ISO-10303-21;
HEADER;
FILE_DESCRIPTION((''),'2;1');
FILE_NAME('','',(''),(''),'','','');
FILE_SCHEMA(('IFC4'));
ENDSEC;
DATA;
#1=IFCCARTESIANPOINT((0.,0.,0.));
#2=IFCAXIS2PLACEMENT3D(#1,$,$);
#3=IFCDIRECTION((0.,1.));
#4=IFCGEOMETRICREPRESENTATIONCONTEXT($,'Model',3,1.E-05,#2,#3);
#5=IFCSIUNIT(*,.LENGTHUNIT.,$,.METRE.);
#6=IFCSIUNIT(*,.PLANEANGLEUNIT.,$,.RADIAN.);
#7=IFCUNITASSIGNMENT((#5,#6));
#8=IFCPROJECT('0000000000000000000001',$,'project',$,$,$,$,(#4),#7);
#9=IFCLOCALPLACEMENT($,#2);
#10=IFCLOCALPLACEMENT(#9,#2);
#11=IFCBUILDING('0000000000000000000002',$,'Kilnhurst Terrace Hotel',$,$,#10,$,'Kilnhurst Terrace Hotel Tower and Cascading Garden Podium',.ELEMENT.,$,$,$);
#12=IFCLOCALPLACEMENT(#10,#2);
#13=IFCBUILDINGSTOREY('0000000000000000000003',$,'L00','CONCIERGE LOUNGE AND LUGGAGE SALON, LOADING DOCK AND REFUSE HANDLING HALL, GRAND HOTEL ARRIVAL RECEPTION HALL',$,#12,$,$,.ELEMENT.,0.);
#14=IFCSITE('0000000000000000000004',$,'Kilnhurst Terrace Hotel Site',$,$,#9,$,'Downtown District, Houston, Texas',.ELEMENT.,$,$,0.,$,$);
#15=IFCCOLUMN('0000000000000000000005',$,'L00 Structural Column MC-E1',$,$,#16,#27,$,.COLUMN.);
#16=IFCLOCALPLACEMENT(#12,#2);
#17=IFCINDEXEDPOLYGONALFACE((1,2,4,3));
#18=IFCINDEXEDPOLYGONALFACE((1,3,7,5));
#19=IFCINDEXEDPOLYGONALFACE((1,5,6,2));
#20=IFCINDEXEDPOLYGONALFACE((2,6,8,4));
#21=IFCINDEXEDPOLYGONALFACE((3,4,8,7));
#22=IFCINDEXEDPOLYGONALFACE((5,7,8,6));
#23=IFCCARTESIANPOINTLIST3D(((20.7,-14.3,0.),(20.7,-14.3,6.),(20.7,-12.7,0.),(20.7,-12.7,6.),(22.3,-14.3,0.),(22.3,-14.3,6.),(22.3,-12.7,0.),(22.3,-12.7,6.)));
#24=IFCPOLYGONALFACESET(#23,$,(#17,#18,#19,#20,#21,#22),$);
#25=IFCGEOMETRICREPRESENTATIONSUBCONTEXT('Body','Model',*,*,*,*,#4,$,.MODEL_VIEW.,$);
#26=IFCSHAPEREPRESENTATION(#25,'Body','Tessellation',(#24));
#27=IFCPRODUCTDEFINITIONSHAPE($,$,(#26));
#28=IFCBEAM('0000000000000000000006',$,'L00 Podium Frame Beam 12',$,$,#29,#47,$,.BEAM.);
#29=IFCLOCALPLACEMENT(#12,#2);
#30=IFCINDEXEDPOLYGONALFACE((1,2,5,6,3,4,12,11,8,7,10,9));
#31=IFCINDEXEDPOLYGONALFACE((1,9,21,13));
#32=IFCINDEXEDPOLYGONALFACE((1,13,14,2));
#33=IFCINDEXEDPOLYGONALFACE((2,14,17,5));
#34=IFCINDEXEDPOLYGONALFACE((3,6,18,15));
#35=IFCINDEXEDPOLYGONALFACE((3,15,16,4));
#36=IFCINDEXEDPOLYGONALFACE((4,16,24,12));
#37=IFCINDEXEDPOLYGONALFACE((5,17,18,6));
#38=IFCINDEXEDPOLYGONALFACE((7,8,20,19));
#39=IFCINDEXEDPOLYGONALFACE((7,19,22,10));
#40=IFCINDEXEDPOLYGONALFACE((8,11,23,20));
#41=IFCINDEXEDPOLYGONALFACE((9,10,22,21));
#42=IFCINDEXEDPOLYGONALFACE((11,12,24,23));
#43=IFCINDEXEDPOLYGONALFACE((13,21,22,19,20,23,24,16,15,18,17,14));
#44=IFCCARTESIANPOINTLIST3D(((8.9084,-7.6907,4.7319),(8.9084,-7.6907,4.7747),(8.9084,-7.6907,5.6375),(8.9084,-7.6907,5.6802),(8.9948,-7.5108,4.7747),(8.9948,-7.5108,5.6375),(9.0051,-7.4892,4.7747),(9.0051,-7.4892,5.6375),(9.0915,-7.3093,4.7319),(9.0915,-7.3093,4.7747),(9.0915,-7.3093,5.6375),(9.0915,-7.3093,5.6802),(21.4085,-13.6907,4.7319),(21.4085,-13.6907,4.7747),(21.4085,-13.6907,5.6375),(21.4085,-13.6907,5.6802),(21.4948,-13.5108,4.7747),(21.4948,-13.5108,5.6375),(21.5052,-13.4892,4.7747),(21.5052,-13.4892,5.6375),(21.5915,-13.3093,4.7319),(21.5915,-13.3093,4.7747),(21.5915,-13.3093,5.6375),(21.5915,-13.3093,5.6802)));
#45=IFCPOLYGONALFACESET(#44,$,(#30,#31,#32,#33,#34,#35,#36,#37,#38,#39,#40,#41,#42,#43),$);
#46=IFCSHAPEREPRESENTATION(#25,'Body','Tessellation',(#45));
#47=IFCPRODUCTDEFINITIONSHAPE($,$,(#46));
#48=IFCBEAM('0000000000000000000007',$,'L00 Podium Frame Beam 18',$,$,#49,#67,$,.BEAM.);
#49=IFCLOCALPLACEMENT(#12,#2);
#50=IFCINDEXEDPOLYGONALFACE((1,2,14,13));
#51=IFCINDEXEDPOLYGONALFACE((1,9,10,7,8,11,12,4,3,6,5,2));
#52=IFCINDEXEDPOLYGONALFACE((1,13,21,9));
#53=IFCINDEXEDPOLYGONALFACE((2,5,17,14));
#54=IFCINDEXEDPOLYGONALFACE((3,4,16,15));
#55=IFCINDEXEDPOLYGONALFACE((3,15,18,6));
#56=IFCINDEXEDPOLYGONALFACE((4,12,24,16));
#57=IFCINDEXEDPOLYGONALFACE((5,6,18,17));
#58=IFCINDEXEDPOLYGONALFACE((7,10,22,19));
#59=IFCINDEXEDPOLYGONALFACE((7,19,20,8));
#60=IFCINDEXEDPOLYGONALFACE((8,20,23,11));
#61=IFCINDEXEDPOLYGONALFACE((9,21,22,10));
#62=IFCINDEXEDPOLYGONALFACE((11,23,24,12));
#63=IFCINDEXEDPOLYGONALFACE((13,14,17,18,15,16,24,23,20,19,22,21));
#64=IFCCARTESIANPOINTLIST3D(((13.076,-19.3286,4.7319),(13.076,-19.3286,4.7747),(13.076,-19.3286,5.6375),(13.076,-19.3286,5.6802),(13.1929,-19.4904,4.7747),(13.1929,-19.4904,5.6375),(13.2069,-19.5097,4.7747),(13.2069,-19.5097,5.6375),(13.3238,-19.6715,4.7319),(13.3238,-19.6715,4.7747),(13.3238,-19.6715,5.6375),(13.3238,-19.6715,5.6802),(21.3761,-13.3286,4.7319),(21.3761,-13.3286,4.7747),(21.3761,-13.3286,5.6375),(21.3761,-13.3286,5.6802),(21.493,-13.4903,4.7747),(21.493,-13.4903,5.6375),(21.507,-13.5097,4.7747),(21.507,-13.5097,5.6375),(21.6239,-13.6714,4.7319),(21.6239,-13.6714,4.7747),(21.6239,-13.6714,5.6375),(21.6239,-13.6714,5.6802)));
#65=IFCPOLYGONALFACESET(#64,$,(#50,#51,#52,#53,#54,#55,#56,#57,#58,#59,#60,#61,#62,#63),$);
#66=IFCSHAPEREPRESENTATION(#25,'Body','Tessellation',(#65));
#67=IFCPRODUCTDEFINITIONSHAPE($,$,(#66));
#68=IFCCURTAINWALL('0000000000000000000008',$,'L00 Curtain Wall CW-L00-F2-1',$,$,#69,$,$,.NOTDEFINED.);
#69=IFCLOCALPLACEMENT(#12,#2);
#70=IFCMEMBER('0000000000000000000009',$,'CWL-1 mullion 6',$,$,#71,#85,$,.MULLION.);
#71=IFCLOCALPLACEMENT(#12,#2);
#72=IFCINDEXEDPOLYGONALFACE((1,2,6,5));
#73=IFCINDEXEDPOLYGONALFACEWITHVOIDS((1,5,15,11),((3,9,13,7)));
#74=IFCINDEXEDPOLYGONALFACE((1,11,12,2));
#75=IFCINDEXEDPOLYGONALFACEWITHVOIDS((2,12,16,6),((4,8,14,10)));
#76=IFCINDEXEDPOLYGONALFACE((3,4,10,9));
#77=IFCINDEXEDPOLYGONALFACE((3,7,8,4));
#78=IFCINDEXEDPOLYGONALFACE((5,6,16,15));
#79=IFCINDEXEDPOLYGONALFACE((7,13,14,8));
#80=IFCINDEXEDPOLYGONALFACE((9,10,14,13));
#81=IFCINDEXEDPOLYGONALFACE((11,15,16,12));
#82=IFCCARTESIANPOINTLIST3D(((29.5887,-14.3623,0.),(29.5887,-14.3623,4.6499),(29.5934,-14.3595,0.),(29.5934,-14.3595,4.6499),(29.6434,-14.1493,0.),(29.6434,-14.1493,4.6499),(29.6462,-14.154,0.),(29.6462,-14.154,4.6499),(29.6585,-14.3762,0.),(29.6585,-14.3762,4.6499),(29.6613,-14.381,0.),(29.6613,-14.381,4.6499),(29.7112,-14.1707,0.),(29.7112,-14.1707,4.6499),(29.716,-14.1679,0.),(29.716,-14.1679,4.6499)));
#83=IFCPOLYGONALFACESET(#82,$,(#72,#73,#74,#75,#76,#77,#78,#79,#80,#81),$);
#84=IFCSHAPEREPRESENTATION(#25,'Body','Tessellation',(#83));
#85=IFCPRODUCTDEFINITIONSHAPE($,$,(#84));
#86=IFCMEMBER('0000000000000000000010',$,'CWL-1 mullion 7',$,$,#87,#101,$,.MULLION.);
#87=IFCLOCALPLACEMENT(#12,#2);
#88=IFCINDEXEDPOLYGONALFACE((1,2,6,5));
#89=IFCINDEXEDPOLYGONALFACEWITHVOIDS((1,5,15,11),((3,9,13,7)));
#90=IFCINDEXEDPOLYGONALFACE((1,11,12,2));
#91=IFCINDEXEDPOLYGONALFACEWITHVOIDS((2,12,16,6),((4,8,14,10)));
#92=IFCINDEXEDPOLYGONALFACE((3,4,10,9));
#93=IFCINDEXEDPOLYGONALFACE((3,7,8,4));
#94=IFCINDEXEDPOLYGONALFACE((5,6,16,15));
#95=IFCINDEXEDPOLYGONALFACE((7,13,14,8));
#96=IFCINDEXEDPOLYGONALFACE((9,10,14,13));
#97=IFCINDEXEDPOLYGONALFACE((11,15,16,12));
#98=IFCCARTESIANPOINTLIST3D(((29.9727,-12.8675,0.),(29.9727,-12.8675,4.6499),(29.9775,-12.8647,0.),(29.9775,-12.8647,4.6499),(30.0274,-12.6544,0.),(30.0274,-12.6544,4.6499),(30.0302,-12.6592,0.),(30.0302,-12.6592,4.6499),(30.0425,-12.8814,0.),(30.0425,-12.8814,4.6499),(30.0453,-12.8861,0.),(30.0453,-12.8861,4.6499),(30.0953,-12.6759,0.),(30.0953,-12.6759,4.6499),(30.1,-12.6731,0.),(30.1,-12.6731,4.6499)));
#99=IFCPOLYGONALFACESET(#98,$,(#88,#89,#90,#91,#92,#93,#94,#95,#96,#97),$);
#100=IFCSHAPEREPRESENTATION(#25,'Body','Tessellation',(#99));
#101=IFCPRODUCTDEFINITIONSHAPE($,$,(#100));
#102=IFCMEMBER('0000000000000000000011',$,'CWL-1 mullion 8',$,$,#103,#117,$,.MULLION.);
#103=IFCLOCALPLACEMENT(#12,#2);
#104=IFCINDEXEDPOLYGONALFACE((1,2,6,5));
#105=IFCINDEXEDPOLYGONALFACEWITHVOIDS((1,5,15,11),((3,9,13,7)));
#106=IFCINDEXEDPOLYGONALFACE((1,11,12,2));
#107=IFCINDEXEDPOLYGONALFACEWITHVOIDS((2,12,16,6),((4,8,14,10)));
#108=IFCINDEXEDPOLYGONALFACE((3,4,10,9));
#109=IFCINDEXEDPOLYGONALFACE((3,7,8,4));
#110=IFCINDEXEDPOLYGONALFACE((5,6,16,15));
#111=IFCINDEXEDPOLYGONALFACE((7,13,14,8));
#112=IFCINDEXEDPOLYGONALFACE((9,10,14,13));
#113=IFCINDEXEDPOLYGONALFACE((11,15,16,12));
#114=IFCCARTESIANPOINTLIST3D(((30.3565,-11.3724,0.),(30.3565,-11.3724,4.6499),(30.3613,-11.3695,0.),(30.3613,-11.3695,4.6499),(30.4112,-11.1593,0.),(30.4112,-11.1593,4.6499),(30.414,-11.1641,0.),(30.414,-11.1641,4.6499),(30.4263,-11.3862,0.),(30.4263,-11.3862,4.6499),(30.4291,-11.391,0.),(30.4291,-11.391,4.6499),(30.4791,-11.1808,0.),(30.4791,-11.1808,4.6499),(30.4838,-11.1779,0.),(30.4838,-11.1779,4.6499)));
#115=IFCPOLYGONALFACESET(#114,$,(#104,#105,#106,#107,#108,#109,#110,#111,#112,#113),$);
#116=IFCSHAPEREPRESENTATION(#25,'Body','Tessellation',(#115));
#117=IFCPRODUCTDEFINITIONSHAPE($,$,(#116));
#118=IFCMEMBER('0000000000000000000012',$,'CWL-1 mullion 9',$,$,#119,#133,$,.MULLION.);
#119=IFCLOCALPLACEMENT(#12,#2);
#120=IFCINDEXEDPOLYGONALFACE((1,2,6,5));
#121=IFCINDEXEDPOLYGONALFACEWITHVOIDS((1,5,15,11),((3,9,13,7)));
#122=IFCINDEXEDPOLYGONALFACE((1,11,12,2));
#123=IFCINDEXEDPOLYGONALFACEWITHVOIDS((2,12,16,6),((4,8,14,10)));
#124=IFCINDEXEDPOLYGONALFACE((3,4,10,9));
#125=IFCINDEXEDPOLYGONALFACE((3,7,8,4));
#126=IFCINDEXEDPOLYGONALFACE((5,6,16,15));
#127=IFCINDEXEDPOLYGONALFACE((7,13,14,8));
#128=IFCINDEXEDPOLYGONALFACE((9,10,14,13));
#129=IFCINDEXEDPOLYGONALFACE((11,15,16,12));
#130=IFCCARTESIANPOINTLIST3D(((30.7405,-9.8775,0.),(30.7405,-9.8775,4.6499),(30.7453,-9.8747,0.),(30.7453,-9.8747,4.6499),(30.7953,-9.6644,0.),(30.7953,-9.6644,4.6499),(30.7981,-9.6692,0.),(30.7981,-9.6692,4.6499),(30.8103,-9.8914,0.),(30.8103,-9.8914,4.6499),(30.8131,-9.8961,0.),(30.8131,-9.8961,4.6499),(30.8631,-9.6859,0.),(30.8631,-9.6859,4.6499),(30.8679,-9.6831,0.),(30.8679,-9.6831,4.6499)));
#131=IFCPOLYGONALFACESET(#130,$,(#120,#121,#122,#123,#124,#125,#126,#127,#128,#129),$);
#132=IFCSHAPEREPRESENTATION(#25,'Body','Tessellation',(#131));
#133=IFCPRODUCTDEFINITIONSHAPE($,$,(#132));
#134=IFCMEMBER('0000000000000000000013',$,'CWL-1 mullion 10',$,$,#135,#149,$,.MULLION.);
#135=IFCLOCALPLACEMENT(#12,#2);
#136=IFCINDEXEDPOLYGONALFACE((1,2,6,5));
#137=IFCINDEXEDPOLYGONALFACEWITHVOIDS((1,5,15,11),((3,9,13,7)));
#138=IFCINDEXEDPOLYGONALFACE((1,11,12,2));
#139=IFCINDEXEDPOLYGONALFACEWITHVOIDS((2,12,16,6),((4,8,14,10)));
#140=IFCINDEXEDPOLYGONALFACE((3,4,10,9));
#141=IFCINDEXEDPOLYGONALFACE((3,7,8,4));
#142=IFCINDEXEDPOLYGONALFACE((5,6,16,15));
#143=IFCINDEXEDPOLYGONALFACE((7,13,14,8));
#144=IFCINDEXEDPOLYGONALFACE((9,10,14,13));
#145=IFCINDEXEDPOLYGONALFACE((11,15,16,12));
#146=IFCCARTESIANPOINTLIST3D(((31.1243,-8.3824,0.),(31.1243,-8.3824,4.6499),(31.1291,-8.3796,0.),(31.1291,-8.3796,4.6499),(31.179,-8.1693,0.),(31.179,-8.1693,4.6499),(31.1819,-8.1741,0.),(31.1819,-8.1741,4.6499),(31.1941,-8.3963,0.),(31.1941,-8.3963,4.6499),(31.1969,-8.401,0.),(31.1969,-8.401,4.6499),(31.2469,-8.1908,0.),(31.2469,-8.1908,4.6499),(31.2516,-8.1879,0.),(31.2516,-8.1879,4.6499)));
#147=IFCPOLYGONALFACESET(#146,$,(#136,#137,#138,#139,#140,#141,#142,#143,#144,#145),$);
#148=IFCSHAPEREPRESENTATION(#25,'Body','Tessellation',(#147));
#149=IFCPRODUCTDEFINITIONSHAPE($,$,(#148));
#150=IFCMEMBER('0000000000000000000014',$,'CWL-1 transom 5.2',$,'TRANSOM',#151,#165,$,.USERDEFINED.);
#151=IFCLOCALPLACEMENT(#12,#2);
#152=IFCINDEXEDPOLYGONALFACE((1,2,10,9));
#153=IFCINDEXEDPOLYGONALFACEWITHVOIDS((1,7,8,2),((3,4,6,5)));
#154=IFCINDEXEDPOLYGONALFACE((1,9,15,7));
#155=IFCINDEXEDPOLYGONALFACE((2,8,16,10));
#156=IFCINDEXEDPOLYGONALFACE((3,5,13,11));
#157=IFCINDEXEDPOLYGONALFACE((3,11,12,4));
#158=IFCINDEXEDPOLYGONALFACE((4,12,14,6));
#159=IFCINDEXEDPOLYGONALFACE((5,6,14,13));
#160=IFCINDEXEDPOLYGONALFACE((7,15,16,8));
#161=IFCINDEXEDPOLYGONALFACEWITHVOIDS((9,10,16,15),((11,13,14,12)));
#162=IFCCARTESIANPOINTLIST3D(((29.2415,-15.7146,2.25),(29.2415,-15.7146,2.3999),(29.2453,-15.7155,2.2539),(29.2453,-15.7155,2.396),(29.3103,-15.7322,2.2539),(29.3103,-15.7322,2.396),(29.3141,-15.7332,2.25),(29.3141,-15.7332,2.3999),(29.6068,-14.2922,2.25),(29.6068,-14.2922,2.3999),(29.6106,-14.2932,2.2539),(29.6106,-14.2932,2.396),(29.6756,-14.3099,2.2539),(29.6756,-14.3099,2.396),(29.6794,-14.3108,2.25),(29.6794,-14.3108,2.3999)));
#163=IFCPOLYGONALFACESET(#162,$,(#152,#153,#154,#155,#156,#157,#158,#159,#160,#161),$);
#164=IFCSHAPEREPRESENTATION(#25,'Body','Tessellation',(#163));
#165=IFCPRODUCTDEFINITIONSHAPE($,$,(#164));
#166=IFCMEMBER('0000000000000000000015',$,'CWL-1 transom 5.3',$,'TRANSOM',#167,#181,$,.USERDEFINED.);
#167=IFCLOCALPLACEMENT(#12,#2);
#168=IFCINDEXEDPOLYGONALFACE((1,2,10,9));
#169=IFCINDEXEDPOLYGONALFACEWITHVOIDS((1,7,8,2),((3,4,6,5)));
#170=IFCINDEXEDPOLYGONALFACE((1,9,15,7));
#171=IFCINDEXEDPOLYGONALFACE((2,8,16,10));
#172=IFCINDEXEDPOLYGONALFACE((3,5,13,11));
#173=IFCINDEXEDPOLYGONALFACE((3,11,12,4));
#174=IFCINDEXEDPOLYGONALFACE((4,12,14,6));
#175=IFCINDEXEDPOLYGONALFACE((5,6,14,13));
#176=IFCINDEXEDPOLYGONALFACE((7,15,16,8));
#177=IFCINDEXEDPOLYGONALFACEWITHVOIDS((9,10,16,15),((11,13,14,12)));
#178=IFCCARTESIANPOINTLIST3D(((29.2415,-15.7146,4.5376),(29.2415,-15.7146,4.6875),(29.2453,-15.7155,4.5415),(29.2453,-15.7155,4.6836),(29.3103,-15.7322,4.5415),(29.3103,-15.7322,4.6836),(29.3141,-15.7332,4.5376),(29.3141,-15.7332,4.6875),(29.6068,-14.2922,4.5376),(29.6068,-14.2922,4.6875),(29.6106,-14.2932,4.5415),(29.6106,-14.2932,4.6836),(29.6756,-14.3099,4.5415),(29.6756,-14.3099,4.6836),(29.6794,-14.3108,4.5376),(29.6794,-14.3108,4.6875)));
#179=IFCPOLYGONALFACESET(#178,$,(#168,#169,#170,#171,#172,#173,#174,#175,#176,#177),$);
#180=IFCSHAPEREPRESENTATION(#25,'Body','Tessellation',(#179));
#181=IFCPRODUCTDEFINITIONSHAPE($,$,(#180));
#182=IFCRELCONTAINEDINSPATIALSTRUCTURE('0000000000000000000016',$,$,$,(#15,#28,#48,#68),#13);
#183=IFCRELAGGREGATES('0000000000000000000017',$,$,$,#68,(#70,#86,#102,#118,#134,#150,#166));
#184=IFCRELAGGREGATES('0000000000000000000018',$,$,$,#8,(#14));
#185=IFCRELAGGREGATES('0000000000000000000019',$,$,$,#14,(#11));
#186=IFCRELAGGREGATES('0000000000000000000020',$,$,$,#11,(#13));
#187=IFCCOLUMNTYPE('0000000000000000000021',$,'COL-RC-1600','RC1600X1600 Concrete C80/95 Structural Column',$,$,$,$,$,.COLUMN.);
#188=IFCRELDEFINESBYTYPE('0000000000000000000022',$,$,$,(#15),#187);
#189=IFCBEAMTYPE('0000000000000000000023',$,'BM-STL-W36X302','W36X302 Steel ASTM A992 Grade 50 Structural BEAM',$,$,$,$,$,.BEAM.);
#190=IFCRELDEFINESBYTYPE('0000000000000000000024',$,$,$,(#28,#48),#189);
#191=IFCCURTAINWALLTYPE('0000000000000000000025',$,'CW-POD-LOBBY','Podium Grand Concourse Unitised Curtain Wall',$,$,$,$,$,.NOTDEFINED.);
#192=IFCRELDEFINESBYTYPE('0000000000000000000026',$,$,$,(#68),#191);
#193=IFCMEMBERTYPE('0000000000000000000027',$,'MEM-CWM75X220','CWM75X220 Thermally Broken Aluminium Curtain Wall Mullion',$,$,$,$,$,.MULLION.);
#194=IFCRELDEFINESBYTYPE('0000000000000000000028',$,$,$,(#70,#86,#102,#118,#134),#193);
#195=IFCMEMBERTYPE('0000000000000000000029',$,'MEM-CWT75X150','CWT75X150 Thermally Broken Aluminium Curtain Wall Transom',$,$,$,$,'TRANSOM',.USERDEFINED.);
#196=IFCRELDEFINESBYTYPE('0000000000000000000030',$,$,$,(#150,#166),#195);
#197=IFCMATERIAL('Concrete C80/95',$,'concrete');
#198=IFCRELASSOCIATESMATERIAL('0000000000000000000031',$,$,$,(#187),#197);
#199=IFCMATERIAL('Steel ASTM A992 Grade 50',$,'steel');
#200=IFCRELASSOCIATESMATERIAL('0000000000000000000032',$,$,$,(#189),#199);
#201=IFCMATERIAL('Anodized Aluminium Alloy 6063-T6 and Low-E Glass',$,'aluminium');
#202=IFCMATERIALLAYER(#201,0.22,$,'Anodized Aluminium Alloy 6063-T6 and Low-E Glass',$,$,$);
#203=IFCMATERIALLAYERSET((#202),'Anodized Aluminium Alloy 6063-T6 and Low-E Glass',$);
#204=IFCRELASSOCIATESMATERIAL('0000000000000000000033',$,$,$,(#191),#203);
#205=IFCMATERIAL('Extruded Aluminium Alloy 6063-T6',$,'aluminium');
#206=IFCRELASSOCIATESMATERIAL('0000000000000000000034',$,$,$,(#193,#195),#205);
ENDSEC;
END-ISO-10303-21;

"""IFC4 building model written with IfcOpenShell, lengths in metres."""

from ifc_helpers import new_model, si_unit, direction, frame, origin, origin_2d, place, context, subcontext, project, spatial, rectangle, hollow_rectangle, i_section, extrude, material, layer, layer_set, material_profile, profile_set, type_object, element, aggregate, save


model = new_model("IFC4")

# Units and contexts
model_context = context("Model", 3, precision=1e-05, world=origin(), true_north=direction((0.0, 1.0)))
body_context = subcontext(model_context, "Body", "Model", "MODEL_VIEW")
ifc_project = project(units=[si_unit("LENGTHUNIT", "METRE"), si_unit("PLANEANGLEUNIT", "RADIAN")], contexts=[model_context])

# Site, building, storey
site_placement = place(None, origin())
site = spatial("IfcSite", under=ifc_project, at=site_placement, Name="Kilnhurst Terrace Hotel Site", LongName="Downtown District, Houston, Texas", CompositionType="ELEMENT", RefElevation=0.0)
building_placement = place(site_placement, origin())
building = spatial("IfcBuilding", under=site, at=building_placement, Name="Kilnhurst Terrace Hotel", LongName="Kilnhurst Terrace Hotel Tower and Cascading Garden Podium", CompositionType="ELEMENT")
storey_placement = place(building_placement, origin())
storey = spatial("IfcBuildingStorey", under=building, at=storey_placement, Name="L00", Description="CONCIERGE LOUNGE AND LUGGAGE SALON, LOADING DOCK AND REFUSE HANDLING HALL, GRAND HOTEL ARRIVAL RECEPTION HALL", CompositionType="ELEMENT", Elevation=0.0)

# Column
ifc_material_1 = material(Name="Concrete C80/95", Category="concrete")
ifc_material_profile_1 = material_profile(ifc_material_1, rectangle(XDim=1.6001, YDim=1.6001, at=origin_2d()), Name="RC1600X1600")
ifc_profile_set_1 = profile_set([ifc_material_profile_1], Name="Concrete C80/95")
column_type = type_object("IfcColumnType", Name="COL-RC-1600", Description="RC1600X1600 Concrete C80/95 Structural Column", PredefinedType="COLUMN", material=ifc_profile_set_1)
column_placement = place(storey_placement, frame((21.5, -13.5, 0.0), z_axis=(0.0, 0.0, 1.0), x_axis=(1.0, 0.0, 0.0)))
element("IfcColumn", 1, at=column_placement, inside=storey, type_object=column_type, Name="L00 Structural Column MC-E1", PredefinedType="COLUMN", context=body_context, shape_type="SweptSolid", body=[
    extrude(rectangle(XDim=1.6001, YDim=1.6001, at=origin_2d()), origin(), (0.0, 0.0, 1.0), 6.0),
])

# Beams
ifc_material_2 = material(Name="Steel ASTM A992 Grade 50", Category="steel")
ifc_material_profile_2 = material_profile(ifc_material_2, i_section(OverallWidth=0.4231, OverallDepth=0.9482, WebThickness=0.0239, FlangeThickness=0.0427, at=origin_2d()), Name="W36X302")
ifc_profile_set_2 = profile_set([ifc_material_profile_2], Name="Steel ASTM A992 Grade 50")
beam_type = type_object("IfcBeamType", Name="BM-STL-W36X302", Description="W36X302 Steel ASTM A992 Grade 50 Structural BEAM", PredefinedType="BEAM", material=ifc_profile_set_2)
beam_1_placement = place(storey_placement, frame((21.5, -13.5, 5.2061), z_axis=(-0.901523, 0.432731, 0.0), x_axis=(-0.432731, -0.901523, 0.0)))
element("IfcBeam", 2, at=beam_1_placement, inside=storey, type_object=beam_type, Name="L00 Podium Frame Beam 12", PredefinedType="BEAM", context=body_context, shape_type="SweptSolid", body=[
    extrude(i_section(OverallWidth=0.4231, OverallDepth=0.9482, WebThickness=0.0239, FlangeThickness=0.0427, at=origin_2d()), origin(), (0.0, 0.0, 1.0), 13.8655),
])
beam_2_placement = place(storey_placement, frame((21.5, -13.5, 5.2061), z_axis=(-0.810423, -0.585845, 0.0), x_axis=(0.585845, -0.810423, 0.0)))
element("IfcBeam", 3, at=beam_2_placement, inside=storey, type_object=beam_type, Name="L00 Podium Frame Beam 18", PredefinedType="BEAM", context=body_context, shape_type="SweptSolid", body=[
    extrude(i_section(OverallWidth=0.4231, OverallDepth=0.9482, WebThickness=0.0239, FlangeThickness=0.0427, at=origin_2d()), origin(), (0.0, 0.0, 1.0), 10.2417),
])

# Curtain wall, members
ifc_material_3 = material(Name="Anodized Aluminium Alloy 6063-T6 and Low-E Glass", Category="aluminium")
ifc_layer_1 = layer(ifc_material_3, 0.22, Name="Anodized Aluminium Alloy 6063-T6 and Low-E Glass")
ifc_layer_set_1 = layer_set([ifc_layer_1], Name="Anodized Aluminium Alloy 6063-T6 and Low-E Glass")
curtain_wall_type = type_object("IfcCurtainWallType", Name="CW-POD-LOBBY", Description="Podium Grand Concourse Unitised Curtain Wall", PredefinedType="NOTDEFINED", material=ifc_layer_set_1)
curtain_wall_placement = place(storey_placement, origin())
curtain_wall = element("IfcCurtainWall", 4, at=curtain_wall_placement, inside=storey, type_object=curtain_wall_type, Name="L00 Curtain Wall CW-L00-F2-1", PredefinedType="NOTDEFINED")
ifc_material_4 = material(Name="Extruded Aluminium Alloy 6063-T6", Category="aluminium")
ifc_material_profile_3 = material_profile(ifc_material_4, hollow_rectangle(XDim=0.075, YDim=0.22, WallThickness=0.0039, at=origin_2d()), Name="CWM75X220")
ifc_profile_set_3 = profile_set([ifc_material_profile_3], Name="Extruded Aluminium Alloy 6063-T6")
member_type_1 = type_object("IfcMemberType", Name="MEM-CWM75X220", Description="CWM75X220 Thermally Broken Aluminium Curtain Wall Mullion", PredefinedType="MULLION", material=ifc_profile_set_3)
member_1_placement = place(storey_placement, frame((29.6523, -14.2651, 0.0), z_axis=(0.0, 0.0, 1.0), x_axis=(-0.96857, 0.24874, 0.0)))
member_1 = element("IfcMember", 5, at=member_1_placement, type_object=member_type_1, Name="CWL-1 mullion 6", PredefinedType="MULLION", context=body_context, shape_type="SweptSolid", body=[
    extrude(hollow_rectangle(XDim=0.075, YDim=0.22, WallThickness=0.0039, at=origin_2d()), origin(), (0.0, 0.0, 1.0), 4.6499),
])
member_2_placement = place(storey_placement, frame((30.0364, -12.7703, 0.0), z_axis=(0.0, 0.0, 1.0), x_axis=(-0.96857, 0.24874, 0.0)))
member_2 = element("IfcMember", 6, at=member_2_placement, type_object=member_type_1, Name="CWL-1 mullion 7", PredefinedType="MULLION", context=body_context, shape_type="SweptSolid", body=[
    extrude(hollow_rectangle(XDim=0.075, YDim=0.22, WallThickness=0.0039, at=origin_2d()), origin(), (0.0, 0.0, 1.0), 4.6499),
])
member_3_placement = place(storey_placement, frame((30.4202, -11.2751, 0.0), z_axis=(0.0, 0.0, 1.0), x_axis=(-0.96857, 0.24874, 0.0)))
member_3 = element("IfcMember", 7, at=member_3_placement, type_object=member_type_1, Name="CWL-1 mullion 8", PredefinedType="MULLION", context=body_context, shape_type="SweptSolid", body=[
    extrude(hollow_rectangle(XDim=0.075, YDim=0.22, WallThickness=0.0039, at=origin_2d()), origin(), (0.0, 0.0, 1.0), 4.6499),
])
member_4_placement = place(storey_placement, frame((30.8042, -9.7803, 0.0), z_axis=(0.0, 0.0, 1.0), x_axis=(-0.96857, 0.24874, 0.0)))
member_4 = element("IfcMember", 8, at=member_4_placement, type_object=member_type_1, Name="CWL-1 mullion 9", PredefinedType="MULLION", context=body_context, shape_type="SweptSolid", body=[
    extrude(hollow_rectangle(XDim=0.075, YDim=0.22, WallThickness=0.0039, at=origin_2d()), origin(), (0.0, 0.0, 1.0), 4.6499),
])
member_5_placement = place(storey_placement, frame((31.188, -8.2852, 0.0), z_axis=(0.0, 0.0, 1.0), x_axis=(-0.96857, 0.24874, 0.0)))
member_5 = element("IfcMember", 9, at=member_5_placement, type_object=member_type_1, Name="CWL-1 mullion 10", PredefinedType="MULLION", context=body_context, shape_type="SweptSolid", body=[
    extrude(hollow_rectangle(XDim=0.075, YDim=0.22, WallThickness=0.0039, at=origin_2d()), origin(), (0.0, 0.0, 1.0), 4.6499),
])
ifc_material_profile_4 = material_profile(ifc_material_4, hollow_rectangle(XDim=0.075, YDim=0.1499, WallThickness=0.0039, at=origin_2d()), Name="CWT75X150")
ifc_profile_set_4 = profile_set([ifc_material_profile_4], Name="Extruded Aluminium Alloy 6063-T6")
member_type_2 = type_object("IfcMemberType", Name="MEM-CWT75X150", Description="CWT75X150 Thermally Broken Aluminium Curtain Wall Transom", ElementType="TRANSOM", PredefinedType="USERDEFINED", material=ifc_profile_set_4)
member_6_placement = place(storey_placement, frame((29.2778, -15.7239, 2.325), z_axis=(0.248711, 0.968578, 0.0), x_axis=(-0.968578, 0.248711, 0.0)))
member_6 = element("IfcMember", 10, at=member_6_placement, type_object=member_type_2, Name="CWL-1 transom 5.2", ObjectType="TRANSOM", PredefinedType="USERDEFINED", context=body_context, shape_type="SweptSolid", body=[
    extrude(hollow_rectangle(XDim=0.075, YDim=0.1499, WallThickness=0.0039, at=origin_2d()), origin(), (0.0, 0.0, 1.0), 1.4685),
])
member_7_placement = place(storey_placement, frame((29.2778, -15.7239, 4.6125), z_axis=(0.248711, 0.968578, 0.0), x_axis=(-0.968578, 0.248711, 0.0)))
member_7 = element("IfcMember", 11, at=member_7_placement, type_object=member_type_2, Name="CWL-1 transom 5.3", ObjectType="TRANSOM", PredefinedType="USERDEFINED", context=body_context, shape_type="SweptSolid", body=[
    extrude(hollow_rectangle(XDim=0.075, YDim=0.1499, WallThickness=0.0039, at=origin_2d()), origin(), (0.0, 0.0, 1.0), 1.4685),
])
aggregate(curtain_wall, [member_1, member_2, member_3, member_4, member_5, member_6, member_7])

save(model, "model.ifc")
